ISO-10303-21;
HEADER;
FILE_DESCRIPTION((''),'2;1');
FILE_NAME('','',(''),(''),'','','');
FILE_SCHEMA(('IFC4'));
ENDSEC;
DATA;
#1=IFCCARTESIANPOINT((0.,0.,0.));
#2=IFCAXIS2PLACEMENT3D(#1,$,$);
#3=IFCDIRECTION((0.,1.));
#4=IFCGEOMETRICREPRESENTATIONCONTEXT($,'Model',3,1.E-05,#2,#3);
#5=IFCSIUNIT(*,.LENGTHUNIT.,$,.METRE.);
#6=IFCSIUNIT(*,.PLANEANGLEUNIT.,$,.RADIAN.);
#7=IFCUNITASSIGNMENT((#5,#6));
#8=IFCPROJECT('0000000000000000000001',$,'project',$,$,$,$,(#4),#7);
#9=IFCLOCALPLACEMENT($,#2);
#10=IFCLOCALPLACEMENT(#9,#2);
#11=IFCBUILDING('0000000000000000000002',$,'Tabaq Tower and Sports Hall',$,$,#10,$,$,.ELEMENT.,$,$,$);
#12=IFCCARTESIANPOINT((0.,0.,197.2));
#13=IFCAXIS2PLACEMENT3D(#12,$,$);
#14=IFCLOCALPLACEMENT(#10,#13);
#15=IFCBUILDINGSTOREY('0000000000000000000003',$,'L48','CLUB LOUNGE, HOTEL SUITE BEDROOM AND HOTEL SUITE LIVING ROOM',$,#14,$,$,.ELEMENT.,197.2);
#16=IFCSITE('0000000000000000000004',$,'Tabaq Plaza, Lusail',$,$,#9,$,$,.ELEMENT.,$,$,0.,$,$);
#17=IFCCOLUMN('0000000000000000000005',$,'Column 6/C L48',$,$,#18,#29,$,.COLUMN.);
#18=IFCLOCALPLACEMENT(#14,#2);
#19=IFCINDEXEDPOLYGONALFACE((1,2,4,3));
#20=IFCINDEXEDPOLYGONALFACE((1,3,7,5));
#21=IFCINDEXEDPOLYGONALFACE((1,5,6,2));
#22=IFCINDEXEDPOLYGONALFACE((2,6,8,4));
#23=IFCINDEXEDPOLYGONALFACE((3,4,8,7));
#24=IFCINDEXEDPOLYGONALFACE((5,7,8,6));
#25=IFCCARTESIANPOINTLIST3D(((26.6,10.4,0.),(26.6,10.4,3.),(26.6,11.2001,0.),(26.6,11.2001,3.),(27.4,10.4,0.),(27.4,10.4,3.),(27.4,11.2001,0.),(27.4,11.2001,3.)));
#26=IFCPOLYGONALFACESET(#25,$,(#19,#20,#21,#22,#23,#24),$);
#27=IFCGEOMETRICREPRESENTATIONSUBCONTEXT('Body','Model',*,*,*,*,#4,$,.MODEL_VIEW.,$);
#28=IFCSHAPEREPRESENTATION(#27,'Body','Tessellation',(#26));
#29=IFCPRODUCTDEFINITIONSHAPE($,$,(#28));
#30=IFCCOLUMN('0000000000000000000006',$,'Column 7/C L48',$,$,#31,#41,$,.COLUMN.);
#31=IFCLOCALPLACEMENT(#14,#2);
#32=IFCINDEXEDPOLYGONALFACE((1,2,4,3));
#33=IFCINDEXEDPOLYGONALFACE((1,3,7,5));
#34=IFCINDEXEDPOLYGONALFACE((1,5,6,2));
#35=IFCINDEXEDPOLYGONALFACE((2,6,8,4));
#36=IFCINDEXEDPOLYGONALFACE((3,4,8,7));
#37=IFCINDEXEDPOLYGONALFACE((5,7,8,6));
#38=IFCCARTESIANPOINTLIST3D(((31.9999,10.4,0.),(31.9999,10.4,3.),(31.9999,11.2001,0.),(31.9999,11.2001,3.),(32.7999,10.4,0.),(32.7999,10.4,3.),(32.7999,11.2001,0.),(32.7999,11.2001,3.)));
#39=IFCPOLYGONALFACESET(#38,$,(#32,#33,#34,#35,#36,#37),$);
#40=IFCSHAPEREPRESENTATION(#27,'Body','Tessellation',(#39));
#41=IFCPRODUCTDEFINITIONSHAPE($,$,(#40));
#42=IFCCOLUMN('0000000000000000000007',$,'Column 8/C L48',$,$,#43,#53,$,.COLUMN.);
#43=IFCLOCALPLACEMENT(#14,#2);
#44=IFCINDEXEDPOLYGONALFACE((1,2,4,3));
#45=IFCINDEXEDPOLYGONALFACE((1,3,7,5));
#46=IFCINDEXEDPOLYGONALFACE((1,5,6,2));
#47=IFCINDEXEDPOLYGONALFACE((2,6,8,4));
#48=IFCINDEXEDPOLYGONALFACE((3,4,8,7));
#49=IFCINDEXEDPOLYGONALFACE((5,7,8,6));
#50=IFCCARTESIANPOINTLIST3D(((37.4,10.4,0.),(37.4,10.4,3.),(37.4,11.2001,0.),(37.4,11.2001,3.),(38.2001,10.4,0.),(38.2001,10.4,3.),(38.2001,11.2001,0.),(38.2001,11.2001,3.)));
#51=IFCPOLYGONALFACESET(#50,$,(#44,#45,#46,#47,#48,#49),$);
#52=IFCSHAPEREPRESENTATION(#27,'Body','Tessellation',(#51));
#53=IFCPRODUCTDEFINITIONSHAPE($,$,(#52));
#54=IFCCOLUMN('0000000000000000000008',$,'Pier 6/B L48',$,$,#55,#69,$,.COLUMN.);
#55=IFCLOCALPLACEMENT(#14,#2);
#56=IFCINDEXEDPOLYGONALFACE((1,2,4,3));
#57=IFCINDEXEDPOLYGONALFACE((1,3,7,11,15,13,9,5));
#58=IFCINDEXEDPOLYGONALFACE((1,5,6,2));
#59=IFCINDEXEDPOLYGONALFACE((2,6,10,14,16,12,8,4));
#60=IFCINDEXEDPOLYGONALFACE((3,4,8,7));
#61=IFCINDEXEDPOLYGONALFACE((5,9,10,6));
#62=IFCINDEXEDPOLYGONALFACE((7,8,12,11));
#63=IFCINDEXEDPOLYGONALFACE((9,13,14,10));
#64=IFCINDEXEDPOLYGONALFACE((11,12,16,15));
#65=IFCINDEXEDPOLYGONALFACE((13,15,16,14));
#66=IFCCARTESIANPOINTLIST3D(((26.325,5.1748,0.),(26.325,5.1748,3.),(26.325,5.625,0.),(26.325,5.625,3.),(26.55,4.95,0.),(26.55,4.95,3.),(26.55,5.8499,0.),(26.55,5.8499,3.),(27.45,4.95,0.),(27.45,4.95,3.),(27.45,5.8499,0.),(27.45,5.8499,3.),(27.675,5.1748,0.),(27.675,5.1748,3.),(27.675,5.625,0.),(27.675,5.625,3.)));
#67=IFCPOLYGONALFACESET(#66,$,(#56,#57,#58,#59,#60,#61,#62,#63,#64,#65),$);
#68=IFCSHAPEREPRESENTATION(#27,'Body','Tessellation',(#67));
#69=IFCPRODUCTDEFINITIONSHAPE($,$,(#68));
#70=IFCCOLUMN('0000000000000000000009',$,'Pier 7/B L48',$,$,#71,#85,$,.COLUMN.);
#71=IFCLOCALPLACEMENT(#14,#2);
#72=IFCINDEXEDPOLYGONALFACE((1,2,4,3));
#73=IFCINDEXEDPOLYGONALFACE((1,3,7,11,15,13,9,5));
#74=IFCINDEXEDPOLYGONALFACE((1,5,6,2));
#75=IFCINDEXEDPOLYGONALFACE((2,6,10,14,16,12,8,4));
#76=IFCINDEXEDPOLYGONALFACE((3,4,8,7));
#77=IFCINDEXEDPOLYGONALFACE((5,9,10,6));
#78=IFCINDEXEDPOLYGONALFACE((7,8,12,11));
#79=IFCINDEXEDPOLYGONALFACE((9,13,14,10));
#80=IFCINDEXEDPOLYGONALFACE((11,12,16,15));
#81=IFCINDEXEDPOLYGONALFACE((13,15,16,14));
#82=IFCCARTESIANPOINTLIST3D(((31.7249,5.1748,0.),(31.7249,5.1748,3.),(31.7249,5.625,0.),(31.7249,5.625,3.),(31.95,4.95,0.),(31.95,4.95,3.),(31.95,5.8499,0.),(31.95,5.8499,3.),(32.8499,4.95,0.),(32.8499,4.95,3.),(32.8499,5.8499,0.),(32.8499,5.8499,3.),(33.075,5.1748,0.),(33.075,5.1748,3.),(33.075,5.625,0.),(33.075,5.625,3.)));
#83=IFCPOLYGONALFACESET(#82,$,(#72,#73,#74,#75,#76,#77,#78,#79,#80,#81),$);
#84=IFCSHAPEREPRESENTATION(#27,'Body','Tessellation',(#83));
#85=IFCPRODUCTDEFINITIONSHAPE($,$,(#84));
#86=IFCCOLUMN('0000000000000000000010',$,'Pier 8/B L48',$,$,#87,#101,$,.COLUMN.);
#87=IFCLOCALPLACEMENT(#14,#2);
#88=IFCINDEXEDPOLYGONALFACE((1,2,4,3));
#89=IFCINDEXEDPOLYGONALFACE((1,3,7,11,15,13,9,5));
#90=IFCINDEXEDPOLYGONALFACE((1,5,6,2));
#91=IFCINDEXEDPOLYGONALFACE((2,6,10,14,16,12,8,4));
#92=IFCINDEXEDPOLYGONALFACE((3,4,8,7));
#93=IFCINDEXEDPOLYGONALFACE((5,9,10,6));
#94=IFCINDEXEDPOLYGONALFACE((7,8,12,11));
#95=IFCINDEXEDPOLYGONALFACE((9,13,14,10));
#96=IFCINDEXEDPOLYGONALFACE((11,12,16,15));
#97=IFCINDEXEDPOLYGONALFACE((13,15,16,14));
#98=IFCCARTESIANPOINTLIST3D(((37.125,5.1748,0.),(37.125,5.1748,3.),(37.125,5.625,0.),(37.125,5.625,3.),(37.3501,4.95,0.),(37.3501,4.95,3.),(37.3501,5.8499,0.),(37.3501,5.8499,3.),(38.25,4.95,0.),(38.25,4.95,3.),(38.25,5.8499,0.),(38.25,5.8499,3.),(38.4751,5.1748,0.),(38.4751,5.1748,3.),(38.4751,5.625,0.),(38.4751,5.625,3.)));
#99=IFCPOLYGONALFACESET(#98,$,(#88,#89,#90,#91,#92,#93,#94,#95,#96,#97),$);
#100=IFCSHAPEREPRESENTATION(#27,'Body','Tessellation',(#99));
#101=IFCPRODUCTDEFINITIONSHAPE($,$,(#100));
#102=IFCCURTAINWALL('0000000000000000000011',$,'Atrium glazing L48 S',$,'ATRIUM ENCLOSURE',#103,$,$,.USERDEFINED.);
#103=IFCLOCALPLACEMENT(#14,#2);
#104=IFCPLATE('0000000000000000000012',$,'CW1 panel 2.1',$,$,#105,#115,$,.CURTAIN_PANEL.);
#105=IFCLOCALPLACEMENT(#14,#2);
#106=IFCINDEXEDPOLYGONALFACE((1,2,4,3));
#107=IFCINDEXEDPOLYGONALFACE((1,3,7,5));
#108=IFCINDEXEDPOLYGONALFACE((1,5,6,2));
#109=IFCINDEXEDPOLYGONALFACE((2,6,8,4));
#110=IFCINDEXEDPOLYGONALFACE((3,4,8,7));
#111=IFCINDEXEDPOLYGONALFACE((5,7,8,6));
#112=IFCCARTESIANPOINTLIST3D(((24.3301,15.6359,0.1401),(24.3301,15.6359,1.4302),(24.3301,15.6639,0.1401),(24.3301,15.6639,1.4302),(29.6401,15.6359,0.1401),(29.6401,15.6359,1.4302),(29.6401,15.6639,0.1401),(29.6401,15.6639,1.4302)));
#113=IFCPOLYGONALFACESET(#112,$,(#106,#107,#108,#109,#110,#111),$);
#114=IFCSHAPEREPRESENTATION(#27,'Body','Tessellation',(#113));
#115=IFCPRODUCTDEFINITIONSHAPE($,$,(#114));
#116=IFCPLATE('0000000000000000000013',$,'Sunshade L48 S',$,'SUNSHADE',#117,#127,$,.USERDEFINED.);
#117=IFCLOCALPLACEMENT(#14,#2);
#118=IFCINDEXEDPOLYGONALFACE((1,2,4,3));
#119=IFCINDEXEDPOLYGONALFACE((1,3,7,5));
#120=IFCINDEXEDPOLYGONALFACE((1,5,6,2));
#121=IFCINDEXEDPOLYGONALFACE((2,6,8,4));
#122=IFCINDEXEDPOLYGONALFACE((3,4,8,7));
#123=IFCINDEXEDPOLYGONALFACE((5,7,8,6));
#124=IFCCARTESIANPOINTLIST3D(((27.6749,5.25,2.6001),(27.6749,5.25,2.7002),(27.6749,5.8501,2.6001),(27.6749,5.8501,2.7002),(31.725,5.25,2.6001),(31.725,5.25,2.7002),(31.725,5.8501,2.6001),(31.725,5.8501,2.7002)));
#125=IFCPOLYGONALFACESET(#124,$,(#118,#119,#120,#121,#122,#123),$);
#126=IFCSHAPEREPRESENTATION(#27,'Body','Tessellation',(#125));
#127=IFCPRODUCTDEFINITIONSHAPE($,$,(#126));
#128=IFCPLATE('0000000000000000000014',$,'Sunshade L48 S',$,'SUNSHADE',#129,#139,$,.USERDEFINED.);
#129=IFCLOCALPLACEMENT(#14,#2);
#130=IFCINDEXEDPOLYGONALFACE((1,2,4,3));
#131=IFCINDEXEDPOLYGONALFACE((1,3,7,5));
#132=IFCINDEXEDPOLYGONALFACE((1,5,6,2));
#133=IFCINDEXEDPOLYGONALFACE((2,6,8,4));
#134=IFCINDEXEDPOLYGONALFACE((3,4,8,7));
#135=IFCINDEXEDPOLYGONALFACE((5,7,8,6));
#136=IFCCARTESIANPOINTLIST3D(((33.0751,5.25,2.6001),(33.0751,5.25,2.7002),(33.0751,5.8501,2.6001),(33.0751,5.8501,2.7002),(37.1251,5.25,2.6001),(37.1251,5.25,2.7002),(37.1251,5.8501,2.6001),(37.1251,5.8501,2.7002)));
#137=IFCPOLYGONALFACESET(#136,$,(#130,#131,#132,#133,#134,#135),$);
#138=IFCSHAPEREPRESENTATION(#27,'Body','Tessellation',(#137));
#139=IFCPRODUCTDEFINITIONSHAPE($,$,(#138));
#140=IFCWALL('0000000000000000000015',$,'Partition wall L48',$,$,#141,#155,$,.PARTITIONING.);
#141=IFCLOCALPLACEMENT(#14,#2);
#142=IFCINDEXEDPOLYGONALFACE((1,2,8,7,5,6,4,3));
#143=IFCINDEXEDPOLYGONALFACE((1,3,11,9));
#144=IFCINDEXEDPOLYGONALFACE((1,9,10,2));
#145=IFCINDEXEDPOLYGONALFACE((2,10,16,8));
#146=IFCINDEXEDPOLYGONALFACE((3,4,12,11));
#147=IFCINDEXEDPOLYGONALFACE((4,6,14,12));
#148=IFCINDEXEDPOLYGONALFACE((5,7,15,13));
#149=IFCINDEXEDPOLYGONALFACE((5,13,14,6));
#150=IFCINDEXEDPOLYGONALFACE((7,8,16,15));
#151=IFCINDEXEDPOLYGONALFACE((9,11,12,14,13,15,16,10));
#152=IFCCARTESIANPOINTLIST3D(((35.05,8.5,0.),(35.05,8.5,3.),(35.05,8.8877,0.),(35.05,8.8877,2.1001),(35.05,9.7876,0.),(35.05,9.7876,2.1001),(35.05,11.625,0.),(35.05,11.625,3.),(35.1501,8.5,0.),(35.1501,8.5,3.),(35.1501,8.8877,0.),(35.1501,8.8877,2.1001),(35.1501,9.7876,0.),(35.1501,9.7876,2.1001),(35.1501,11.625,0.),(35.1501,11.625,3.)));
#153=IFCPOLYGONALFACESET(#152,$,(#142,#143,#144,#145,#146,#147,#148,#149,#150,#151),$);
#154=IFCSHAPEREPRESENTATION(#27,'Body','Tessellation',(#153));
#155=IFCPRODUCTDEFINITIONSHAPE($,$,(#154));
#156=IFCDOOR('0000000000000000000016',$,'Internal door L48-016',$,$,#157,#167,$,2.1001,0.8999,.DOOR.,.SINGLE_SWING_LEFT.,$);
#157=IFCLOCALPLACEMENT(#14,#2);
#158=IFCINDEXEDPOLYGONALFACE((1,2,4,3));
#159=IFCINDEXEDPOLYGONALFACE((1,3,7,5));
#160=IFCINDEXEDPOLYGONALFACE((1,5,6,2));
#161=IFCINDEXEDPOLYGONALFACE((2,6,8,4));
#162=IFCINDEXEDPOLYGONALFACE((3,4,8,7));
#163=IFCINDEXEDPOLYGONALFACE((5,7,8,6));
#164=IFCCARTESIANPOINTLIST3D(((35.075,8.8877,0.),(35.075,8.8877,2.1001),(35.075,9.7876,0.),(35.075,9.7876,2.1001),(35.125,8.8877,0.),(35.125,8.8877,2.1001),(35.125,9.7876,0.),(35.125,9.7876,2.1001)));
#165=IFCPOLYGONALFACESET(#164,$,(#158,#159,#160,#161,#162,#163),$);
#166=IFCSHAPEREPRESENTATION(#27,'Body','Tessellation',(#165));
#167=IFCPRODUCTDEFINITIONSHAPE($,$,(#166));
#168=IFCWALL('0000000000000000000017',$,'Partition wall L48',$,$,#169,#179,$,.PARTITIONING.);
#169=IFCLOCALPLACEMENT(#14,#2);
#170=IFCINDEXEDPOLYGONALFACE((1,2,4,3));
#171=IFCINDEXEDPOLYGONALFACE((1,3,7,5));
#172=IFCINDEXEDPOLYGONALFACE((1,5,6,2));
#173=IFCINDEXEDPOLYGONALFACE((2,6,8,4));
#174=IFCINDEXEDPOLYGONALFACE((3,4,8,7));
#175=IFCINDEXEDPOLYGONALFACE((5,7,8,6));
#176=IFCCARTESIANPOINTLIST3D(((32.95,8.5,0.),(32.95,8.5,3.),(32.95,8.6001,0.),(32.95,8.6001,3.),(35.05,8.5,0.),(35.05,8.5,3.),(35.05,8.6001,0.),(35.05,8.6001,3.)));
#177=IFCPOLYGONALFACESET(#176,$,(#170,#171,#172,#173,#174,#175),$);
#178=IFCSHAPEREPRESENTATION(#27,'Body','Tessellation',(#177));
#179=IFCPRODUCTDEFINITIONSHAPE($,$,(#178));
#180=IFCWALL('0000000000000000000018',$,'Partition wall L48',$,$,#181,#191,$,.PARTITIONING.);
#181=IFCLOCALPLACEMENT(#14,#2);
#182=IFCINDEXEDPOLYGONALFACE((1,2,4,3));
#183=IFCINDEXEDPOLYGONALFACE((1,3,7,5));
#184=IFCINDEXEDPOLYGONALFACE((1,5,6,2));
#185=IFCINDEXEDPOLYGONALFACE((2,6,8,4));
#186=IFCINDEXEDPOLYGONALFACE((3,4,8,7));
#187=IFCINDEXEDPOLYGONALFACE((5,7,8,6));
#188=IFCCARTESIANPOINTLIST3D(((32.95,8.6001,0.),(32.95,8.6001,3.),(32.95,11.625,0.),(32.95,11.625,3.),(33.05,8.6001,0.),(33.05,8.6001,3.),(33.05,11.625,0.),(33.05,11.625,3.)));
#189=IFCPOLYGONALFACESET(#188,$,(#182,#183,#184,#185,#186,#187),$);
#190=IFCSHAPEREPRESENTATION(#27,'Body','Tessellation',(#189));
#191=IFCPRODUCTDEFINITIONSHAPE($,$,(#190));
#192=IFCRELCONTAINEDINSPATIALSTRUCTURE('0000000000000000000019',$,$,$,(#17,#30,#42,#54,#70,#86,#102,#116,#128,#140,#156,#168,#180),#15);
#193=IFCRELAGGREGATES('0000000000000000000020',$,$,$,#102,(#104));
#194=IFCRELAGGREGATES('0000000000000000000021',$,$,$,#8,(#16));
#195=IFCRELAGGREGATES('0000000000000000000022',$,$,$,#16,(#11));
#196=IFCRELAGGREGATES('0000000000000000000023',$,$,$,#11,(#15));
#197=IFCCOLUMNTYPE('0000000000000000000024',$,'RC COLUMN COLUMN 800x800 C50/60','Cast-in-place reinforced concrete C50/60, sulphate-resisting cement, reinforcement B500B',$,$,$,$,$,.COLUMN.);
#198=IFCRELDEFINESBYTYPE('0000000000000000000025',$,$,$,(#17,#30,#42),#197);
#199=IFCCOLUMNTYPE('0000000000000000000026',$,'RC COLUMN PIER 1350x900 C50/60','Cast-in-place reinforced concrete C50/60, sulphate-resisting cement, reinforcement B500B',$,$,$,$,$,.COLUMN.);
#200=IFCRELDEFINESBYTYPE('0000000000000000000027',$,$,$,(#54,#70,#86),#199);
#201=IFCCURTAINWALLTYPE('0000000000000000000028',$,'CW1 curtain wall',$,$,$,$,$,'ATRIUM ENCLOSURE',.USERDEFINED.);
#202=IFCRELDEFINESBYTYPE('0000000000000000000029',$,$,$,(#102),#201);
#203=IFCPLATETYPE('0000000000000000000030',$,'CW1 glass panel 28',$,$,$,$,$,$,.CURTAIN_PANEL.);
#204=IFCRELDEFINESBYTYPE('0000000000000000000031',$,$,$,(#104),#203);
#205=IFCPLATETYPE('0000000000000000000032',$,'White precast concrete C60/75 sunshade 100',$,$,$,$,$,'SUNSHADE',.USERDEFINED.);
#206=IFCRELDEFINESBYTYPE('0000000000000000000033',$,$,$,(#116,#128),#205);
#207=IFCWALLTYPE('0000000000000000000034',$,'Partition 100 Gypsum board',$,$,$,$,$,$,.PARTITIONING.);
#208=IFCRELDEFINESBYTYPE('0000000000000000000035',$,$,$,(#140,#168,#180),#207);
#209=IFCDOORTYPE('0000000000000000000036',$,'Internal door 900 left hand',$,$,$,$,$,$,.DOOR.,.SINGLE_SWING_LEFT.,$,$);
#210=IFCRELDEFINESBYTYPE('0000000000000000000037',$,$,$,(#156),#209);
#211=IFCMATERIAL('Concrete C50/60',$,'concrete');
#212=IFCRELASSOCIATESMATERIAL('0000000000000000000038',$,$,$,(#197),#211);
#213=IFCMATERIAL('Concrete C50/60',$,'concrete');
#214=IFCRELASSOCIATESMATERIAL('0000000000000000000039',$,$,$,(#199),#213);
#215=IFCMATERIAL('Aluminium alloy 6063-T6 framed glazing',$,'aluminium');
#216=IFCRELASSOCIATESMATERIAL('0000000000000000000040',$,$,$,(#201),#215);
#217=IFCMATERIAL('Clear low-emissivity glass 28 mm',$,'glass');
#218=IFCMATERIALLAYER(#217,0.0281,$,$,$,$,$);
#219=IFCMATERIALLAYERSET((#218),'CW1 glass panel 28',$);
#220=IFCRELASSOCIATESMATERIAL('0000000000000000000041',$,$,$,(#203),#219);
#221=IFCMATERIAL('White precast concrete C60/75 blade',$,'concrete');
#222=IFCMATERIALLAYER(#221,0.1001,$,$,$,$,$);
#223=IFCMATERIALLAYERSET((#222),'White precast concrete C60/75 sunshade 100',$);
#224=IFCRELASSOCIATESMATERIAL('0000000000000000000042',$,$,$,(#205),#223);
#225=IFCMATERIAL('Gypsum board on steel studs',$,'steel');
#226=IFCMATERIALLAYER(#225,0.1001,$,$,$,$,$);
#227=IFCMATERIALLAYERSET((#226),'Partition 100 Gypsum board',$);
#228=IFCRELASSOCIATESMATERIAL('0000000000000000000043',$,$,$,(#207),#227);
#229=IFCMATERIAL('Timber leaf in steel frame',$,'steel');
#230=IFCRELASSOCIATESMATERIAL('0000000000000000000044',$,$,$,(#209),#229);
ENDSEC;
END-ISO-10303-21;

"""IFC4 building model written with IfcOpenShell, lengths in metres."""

from ifc_helpers import new_model, si_unit, direction, frame, frame_2d, origin, origin_2d, place, context, subcontext, project, spatial, polyline, rectangle, outline, extrude, material, layer, layer_set, material_profile, profile_set, type_object, element, fill, aggregate, save


model = new_model("IFC4")

# Units and contexts
model_context = context("Model", 3, precision=1e-05, world=origin(), true_north=direction((0.0, 1.0)))
body_context = subcontext(model_context, "Body", "Model", "MODEL_VIEW")
ifc_project = project(units=[si_unit("LENGTHUNIT", "METRE"), si_unit("PLANEANGLEUNIT", "RADIAN")], contexts=[model_context])

# Site, building, storey
site_placement = place(None, origin())
site = spatial("IfcSite", under=ifc_project, at=site_placement, Name="Tabaq Plaza, Lusail", CompositionType="ELEMENT", RefElevation=0.0)
building_placement = place(site_placement, origin())
building = spatial("IfcBuilding", under=site, at=building_placement, Name="Tabaq Tower and Sports Hall", CompositionType="ELEMENT")
storey_placement = place(building_placement, frame((0.0, 0.0, 197.2)))
storey = spatial("IfcBuildingStorey", under=building, at=storey_placement, Name="L48", Description="CLUB LOUNGE, HOTEL SUITE BEDROOM AND HOTEL SUITE LIVING ROOM", CompositionType="ELEMENT", Elevation=197.2)

# Columns
ifc_material_1 = material(Name="Concrete C50/60", Category="concrete")
ifc_material_profile_1 = material_profile(ifc_material_1, rectangle(XDim=0.8, YDim=0.8, at=origin_2d()), Name="COLUMN 800x800")
ifc_profile_set_1 = profile_set([ifc_material_profile_1], Name="Concrete C50/60")
column_type_1 = type_object("IfcColumnType", Name="RC COLUMN COLUMN 800x800 C50/60", Description="Cast-in-place reinforced concrete C50/60, sulphate-resisting cement, reinforcement B500B", PredefinedType="COLUMN", material=ifc_profile_set_1)
for number, where, z_axis, x_axis, name in (
    (1, (27.0, 10.8, 0.0), (0.0, 0.0, 1.0), (1.0, 0.0, 0.0), "Column 6/C L48"),
    (2, (32.3999, 10.8, 0.0), (0.0, 0.0, 1.0), (1.0, 0.0, 0.0), "Column 7/C L48"),
    (3, (37.8, 10.8, 0.0), (0.0, 0.0, 1.0), (1.0, 0.0, 0.0), "Column 8/C L48"),
):
    element("IfcColumn", number, at=place(storey_placement, frame(where, z_axis=z_axis, x_axis=x_axis)), inside=storey, type_object=column_type_1, Name=name, PredefinedType="COLUMN", context=body_context, shape_type="SweptSolid", body=[
        extrude(rectangle(XDim=0.8, YDim=0.8, at=origin_2d()), origin(), (0.0, 0.0, 1.0), 3.0),
    ])
ifc_material_2 = material(Name="Concrete C50/60", Category="concrete")
ifc_material_profile_2 = material_profile(ifc_material_2, outline(polyline([(-0.45, -0.45), (0.45, -0.45), (0.675, -0.2251), (0.675, 0.2251), (0.45, 0.45), (-0.45, 0.45), (-0.675, 0.2251), (-0.675, -0.2251), (-0.45, -0.45)])), Name="PIER 1350x900")
ifc_profile_set_2 = profile_set([ifc_material_profile_2], Name="Concrete C50/60")
column_type_2 = type_object("IfcColumnType", Name="RC COLUMN PIER 1350x900 C50/60", Description="Cast-in-place reinforced concrete C50/60, sulphate-resisting cement, reinforcement B500B", PredefinedType="COLUMN", material=ifc_profile_set_2)
for number, where, z_axis, x_axis, name in (
    (4, (27.0, 5.3999, 0.0), (0.0, 0.0, 1.0), (1.0, 0.0, 0.0), "Pier 6/B L48"),
    (5, (32.3999, 5.3999, 0.0), (0.0, 0.0, 1.0), (1.0, 0.0, 0.0), "Pier 7/B L48"),
    (6, (37.8, 5.3999, 0.0), (0.0, 0.0, 1.0), (1.0, 0.0, 0.0), "Pier 8/B L48"),
):
    element("IfcColumn", number, at=place(storey_placement, frame(where, z_axis=z_axis, x_axis=x_axis)), inside=storey, type_object=column_type_2, Name=name, PredefinedType="COLUMN", context=body_context, shape_type="SweptSolid", body=[
        extrude(outline(polyline([(-0.45, -0.45), (0.45, -0.45), (0.675, -0.2251), (0.675, 0.2251), (0.45, 0.45), (-0.45, 0.45), (-0.675, 0.2251), (-0.675, -0.2251), (-0.45, -0.45)])), origin(), (0.0, 0.0, 1.0), 3.0),
    ])

# Curtain wall, plate
ifc_material_3 = material(Name="Aluminium alloy 6063-T6 framed glazing", Category="aluminium")
curtain_wall_type = type_object("IfcCurtainWallType", Name="CW1 curtain wall", ElementType="ATRIUM ENCLOSURE", PredefinedType="USERDEFINED", material=ifc_material_3)
curtain_wall_placement = place(storey_placement, origin())
curtain_wall = element("IfcCurtainWall", 7, at=curtain_wall_placement, inside=storey, type_object=curtain_wall_type, Name="Atrium glazing L48 S", ObjectType="ATRIUM ENCLOSURE", PredefinedType="USERDEFINED")
ifc_material_4 = material(Name="Clear low-emissivity glass 28 mm", Category="glass")
ifc_layer_1 = layer(ifc_material_4, 0.0281)
ifc_layer_set_1 = layer_set([ifc_layer_1], Name="CW1 glass panel 28")
plate_type_1 = type_object("IfcPlateType", Name="CW1 glass panel 28", PredefinedType="CURTAIN_PANEL", material=ifc_layer_set_1)
plate_placement = place(storey_placement, frame((26.9851, 15.6499, 0.1401), z_axis=(0.0, 0.0, 1.0), x_axis=(1.0, 0.0, 0.0)))
plate = element("IfcPlate", 8, at=plate_placement, type_object=plate_type_1, Name="CW1 panel 2.1", PredefinedType="CURTAIN_PANEL", context=body_context, shape_type="SweptSolid", body=[
    extrude(rectangle(XDim=5.3101, YDim=0.0281, at=origin_2d()), origin(), (0.0, 0.0, 1.0), 1.29),
])
aggregate(curtain_wall, [plate])

# Plates
ifc_material_5 = material(Name="White precast concrete C60/75 blade", Category="concrete")
ifc_layer_2 = layer(ifc_material_5, 0.1001)
ifc_layer_set_2 = layer_set([ifc_layer_2], Name="White precast concrete C60/75 sunshade 100")
plate_type_2 = type_object("IfcPlateType", Name="White precast concrete C60/75 sunshade 100", ElementType="SUNSHADE", PredefinedType="USERDEFINED", material=ifc_layer_set_2)
for number, where, z_axis, x_axis, name in (
    (9, (29.7, 5.55, 2.6001), (0.0, 0.0, 1.0), (1.0, 0.0, 0.0), "Sunshade L48 S"),
    (10, (35.1001, 5.55, 2.6001), (0.0, 0.0, 1.0), (1.0, 0.0, 0.0), "Sunshade L48 S"),
):
    element("IfcPlate", number, at=place(storey_placement, frame(where, z_axis=z_axis, x_axis=x_axis)), inside=storey, type_object=plate_type_2, Name=name, ObjectType="SUNSHADE", PredefinedType="USERDEFINED", context=body_context, shape_type="SweptSolid", body=[
        extrude(rectangle(XDim=4.05, YDim=0.6001, at=origin_2d()), origin(), (0.0, 0.0, 1.0), 0.1001),
    ])

# Wall, opening, door
ifc_material_6 = material(Name="Gypsum board on steel studs", Category="steel")
ifc_layer_3 = layer(ifc_material_6, 0.1001)
ifc_layer_set_3 = layer_set([ifc_layer_3], Name="Partition 100 Gypsum board")
wall_type_1 = type_object("IfcWallType", Name="Partition 100 Gypsum board", PredefinedType="PARTITIONING", material=ifc_layer_set_3)
wall_1_placement = place(storey_placement, frame((35.1001, 11.625, 0.0), z_axis=(0.0, 0.0, 1.0), x_axis=(0.0, -1.0, 0.0)))
wall_1 = element("IfcWall", 11, at=wall_1_placement, inside=storey, type_object=wall_type_1, Name="Partition wall L48", PredefinedType="PARTITIONING", context=body_context, shape_type="SweptSolid", body=[
    extrude(rectangle(XDim=3.125, YDim=0.1001, at=frame_2d((1.5625, 0.0))), origin(), (0.0, 0.0, 1.0), 3.0),
])
opening_placement = place(wall_1_placement, frame((1.8374, 0.0, 0.0)))
opening = element("IfcOpeningElement", 12, at=opening_placement, cuts=wall_1, PredefinedType="OPENING", context=body_context, shape_type="SweptSolid", body=[
    extrude(rectangle(XDim=0.8999, YDim=2.1001, at=frame_2d((0.45, 1.05))), frame((0.0, 0.05, 0.0), z_axis=(0.0, -1.0, 0.0), x_axis=(1.0, 0.0, 0.0)), (0.0, 0.0, 1.0), 0.1001),
])
ifc_material_7 = material(Name="Timber leaf in steel frame", Category="steel")
door_type = type_object("IfcDoorType", Name="Internal door 900 left hand", OperationType="SINGLE_SWING_LEFT", PredefinedType="DOOR", material=ifc_material_7)
door_placement = place(opening_placement, origin())
door = element("IfcDoor", 13, at=door_placement, inside=storey, type_object=door_type, Name="Internal door L48-016", OperationType="SINGLE_SWING_LEFT", OverallHeight=2.1001, OverallWidth=0.8999, PredefinedType="DOOR", context=body_context, shape_type="SweptSolid", body=[
    extrude(rectangle(XDim=0.8999, YDim=2.1001, at=frame_2d((0.45, 1.05))), frame((0.0, 0.0249, 0.0), z_axis=(0.0, -1.0, 0.0), x_axis=(1.0, 0.0, 0.0)), (0.0, 0.0, 1.0), 0.05),
])
fill(opening, door)

# Walls
wall_2_placement = place(storey_placement, frame((35.05, 8.55, 0.0), z_axis=(0.0, 0.0, 1.0), x_axis=(-1.0, 0.0, 0.0)))
element("IfcWall", 14, at=wall_2_placement, inside=storey, type_object=wall_type_1, Name="Partition wall L48", PredefinedType="PARTITIONING", context=body_context, shape_type="SweptSolid", body=[
    extrude(rectangle(XDim=2.1001, YDim=0.1001, at=frame_2d((1.05, 0.0))), origin(), (0.0, 0.0, 1.0), 3.0),
])
wall_3_placement = place(storey_placement, frame((33.0, 8.6001, 0.0), z_axis=(0.0, 0.0, 1.0), x_axis=(0.0, 1.0, 0.0)))
element("IfcWall", 15, at=wall_3_placement, inside=storey, type_object=wall_type_1, Name="Partition wall L48", PredefinedType="PARTITIONING", context=body_context, shape_type="SweptSolid", body=[
    extrude(rectangle(XDim=3.0249, YDim=0.1001, at=frame_2d((1.5125, 0.0))), origin(), (0.0, 0.0, 1.0), 3.0),
])

save(model, "model.ifc")
